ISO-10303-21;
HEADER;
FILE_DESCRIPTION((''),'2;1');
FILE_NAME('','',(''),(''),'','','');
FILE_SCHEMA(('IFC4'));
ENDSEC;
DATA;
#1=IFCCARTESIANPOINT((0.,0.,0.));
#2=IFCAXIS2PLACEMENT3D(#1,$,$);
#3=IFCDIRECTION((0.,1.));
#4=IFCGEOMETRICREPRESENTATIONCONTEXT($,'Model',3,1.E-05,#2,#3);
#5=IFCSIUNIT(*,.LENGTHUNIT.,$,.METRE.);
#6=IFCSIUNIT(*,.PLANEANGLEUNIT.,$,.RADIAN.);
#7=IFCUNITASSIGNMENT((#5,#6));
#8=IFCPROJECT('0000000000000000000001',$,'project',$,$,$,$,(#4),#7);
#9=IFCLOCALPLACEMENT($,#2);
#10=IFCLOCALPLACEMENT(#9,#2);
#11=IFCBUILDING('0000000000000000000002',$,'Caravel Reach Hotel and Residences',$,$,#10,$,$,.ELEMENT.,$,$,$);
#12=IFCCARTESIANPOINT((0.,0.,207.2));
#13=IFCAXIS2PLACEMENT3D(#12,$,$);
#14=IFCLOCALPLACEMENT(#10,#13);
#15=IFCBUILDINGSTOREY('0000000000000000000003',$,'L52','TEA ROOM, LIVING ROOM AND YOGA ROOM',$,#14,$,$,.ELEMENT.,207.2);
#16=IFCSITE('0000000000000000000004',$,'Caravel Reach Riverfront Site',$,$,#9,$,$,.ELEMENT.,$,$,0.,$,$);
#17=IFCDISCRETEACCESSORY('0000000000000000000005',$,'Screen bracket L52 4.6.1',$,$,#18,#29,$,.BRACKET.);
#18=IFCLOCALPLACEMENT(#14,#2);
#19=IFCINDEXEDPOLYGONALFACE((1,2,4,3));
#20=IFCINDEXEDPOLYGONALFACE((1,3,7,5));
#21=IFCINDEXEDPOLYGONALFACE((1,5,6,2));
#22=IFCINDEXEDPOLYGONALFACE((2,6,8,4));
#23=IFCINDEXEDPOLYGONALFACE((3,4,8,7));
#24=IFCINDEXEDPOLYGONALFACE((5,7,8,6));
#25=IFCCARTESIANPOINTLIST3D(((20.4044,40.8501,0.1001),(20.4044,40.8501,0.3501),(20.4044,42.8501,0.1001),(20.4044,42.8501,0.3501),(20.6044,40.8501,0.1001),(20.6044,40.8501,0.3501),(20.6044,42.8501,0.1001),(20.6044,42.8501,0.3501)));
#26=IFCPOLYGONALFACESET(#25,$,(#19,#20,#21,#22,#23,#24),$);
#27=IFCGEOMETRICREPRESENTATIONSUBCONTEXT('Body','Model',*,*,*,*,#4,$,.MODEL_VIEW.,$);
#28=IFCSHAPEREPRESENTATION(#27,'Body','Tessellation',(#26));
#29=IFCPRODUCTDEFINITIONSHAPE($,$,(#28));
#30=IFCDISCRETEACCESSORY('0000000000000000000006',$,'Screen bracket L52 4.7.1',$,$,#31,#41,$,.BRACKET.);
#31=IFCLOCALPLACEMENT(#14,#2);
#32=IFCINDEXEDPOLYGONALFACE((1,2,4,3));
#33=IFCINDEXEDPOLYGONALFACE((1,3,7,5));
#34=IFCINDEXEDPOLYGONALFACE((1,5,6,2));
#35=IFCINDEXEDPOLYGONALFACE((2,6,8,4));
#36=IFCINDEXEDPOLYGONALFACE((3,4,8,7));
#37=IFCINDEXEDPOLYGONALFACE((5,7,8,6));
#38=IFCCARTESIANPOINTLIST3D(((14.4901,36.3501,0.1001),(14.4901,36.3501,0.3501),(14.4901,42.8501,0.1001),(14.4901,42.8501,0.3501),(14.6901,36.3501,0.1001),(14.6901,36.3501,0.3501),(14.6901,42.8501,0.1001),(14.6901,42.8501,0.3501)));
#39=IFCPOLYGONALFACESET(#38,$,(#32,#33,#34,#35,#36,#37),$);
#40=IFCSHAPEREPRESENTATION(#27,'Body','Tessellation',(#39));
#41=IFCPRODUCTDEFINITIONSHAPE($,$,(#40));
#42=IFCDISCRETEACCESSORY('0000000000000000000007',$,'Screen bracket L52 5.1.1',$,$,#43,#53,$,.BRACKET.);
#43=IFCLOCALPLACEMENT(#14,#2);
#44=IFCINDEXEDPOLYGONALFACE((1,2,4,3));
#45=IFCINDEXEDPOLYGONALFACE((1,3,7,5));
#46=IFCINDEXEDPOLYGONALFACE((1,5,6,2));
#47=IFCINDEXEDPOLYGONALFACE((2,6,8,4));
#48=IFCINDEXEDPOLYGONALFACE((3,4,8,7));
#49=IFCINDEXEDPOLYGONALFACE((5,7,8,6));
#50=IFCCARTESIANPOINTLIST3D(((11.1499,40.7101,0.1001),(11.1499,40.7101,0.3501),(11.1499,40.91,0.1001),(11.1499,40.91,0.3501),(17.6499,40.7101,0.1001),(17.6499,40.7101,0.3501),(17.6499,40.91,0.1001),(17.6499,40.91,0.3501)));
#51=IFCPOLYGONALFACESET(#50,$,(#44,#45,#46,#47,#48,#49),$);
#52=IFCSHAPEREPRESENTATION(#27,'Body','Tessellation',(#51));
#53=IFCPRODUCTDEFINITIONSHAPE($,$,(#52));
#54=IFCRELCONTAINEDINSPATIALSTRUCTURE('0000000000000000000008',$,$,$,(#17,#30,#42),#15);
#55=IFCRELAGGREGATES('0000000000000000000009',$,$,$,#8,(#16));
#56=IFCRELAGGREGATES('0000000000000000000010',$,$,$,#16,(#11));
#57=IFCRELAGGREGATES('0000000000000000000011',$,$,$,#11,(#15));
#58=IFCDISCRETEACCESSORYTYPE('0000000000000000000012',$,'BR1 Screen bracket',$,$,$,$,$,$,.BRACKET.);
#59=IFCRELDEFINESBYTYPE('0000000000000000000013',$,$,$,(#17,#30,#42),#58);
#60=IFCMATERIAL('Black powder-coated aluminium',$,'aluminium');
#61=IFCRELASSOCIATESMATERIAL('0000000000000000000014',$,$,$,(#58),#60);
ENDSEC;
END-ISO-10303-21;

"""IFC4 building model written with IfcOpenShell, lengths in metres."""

from ifc_helpers import new_model, si_unit, direction, frame, origin, origin_2d, place, context, subcontext, project, spatial, rectangle, extrude, material, type_object, element, save


model = new_model("IFC4")

# Units and contexts
model_context = context("Model", 3, precision=1e-05, world=origin(), true_north=direction((0.0, 1.0)))
body_context = subcontext(model_context, "Body", "Model", "MODEL_VIEW")
ifc_project = project(units=[si_unit("LENGTHUNIT", "METRE"), si_unit("PLANEANGLEUNIT", "RADIAN")], contexts=[model_context])

# Site, building, storey
site_placement = place(None, origin())
site = spatial("IfcSite", under=ifc_project, at=site_placement, Name="Caravel Reach Riverfront Site", CompositionType="ELEMENT", RefElevation=0.0)
building_placement = place(site_placement, origin())
building = spatial("IfcBuilding", under=site, at=building_placement, Name="Caravel Reach Hotel and Residences", CompositionType="ELEMENT")
storey_placement = place(building_placement, frame((0.0, 0.0, 207.2)))
storey = spatial("IfcBuildingStorey", under=building, at=storey_placement, Name="L52", Description="TEA ROOM, LIVING ROOM AND YOGA ROOM", CompositionType="ELEMENT", Elevation=207.2)

# Discrete accessories
ifc_material_1 = material(Name="Black powder-coated aluminium", Category="aluminium")
discrete_accessory_type = type_object("IfcDiscreteAccessoryType", Name="BR1 Screen bracket", PredefinedType="BRACKET", material=ifc_material_1)
discrete_accessory_placement = place(storey_placement, frame((20.5044, 41.8501, 0.1001), z_axis=(0.0, 0.0, 1.0), x_axis=(0.0, 1.0, 0.0)))
element("IfcDiscreteAccessory", 1, at=discrete_accessory_placement, inside=storey, type_object=discrete_accessory_type, Name="Screen bracket L52 4.6.1", PredefinedType="BRACKET", context=body_context, shape_type="SweptSolid", body=[
    extrude(rectangle(XDim=2.0, YDim=0.2, at=origin_2d()), origin(), (0.0, 0.0, 1.0), 0.25),
])
for number, where, z_axis, x_axis, name in (
    (2, (14.5901, 39.6001, 0.1001), (0.0, 0.0, 1.0), (0.0, 1.0, 0.0), "Screen bracket L52 4.7.1"),
    (3, (14.3999, 40.8101, 0.1001), (0.0, 0.0, 1.0), (-1.0, 0.0, 0.0), "Screen bracket L52 5.1.1"),
):
    element("IfcDiscreteAccessory", number, at=place(storey_placement, frame(where, z_axis=z_axis, x_axis=x_axis)), inside=storey, type_object=discrete_accessory_type, Name=name, PredefinedType="BRACKET", context=body_context, shape_type="SweptSolid", body=[
        extrude(rectangle(XDim=6.5, YDim=0.2, at=origin_2d()), origin(), (0.0, 0.0, 1.0), 0.25),
    ])

save(model, "model.ifc")
